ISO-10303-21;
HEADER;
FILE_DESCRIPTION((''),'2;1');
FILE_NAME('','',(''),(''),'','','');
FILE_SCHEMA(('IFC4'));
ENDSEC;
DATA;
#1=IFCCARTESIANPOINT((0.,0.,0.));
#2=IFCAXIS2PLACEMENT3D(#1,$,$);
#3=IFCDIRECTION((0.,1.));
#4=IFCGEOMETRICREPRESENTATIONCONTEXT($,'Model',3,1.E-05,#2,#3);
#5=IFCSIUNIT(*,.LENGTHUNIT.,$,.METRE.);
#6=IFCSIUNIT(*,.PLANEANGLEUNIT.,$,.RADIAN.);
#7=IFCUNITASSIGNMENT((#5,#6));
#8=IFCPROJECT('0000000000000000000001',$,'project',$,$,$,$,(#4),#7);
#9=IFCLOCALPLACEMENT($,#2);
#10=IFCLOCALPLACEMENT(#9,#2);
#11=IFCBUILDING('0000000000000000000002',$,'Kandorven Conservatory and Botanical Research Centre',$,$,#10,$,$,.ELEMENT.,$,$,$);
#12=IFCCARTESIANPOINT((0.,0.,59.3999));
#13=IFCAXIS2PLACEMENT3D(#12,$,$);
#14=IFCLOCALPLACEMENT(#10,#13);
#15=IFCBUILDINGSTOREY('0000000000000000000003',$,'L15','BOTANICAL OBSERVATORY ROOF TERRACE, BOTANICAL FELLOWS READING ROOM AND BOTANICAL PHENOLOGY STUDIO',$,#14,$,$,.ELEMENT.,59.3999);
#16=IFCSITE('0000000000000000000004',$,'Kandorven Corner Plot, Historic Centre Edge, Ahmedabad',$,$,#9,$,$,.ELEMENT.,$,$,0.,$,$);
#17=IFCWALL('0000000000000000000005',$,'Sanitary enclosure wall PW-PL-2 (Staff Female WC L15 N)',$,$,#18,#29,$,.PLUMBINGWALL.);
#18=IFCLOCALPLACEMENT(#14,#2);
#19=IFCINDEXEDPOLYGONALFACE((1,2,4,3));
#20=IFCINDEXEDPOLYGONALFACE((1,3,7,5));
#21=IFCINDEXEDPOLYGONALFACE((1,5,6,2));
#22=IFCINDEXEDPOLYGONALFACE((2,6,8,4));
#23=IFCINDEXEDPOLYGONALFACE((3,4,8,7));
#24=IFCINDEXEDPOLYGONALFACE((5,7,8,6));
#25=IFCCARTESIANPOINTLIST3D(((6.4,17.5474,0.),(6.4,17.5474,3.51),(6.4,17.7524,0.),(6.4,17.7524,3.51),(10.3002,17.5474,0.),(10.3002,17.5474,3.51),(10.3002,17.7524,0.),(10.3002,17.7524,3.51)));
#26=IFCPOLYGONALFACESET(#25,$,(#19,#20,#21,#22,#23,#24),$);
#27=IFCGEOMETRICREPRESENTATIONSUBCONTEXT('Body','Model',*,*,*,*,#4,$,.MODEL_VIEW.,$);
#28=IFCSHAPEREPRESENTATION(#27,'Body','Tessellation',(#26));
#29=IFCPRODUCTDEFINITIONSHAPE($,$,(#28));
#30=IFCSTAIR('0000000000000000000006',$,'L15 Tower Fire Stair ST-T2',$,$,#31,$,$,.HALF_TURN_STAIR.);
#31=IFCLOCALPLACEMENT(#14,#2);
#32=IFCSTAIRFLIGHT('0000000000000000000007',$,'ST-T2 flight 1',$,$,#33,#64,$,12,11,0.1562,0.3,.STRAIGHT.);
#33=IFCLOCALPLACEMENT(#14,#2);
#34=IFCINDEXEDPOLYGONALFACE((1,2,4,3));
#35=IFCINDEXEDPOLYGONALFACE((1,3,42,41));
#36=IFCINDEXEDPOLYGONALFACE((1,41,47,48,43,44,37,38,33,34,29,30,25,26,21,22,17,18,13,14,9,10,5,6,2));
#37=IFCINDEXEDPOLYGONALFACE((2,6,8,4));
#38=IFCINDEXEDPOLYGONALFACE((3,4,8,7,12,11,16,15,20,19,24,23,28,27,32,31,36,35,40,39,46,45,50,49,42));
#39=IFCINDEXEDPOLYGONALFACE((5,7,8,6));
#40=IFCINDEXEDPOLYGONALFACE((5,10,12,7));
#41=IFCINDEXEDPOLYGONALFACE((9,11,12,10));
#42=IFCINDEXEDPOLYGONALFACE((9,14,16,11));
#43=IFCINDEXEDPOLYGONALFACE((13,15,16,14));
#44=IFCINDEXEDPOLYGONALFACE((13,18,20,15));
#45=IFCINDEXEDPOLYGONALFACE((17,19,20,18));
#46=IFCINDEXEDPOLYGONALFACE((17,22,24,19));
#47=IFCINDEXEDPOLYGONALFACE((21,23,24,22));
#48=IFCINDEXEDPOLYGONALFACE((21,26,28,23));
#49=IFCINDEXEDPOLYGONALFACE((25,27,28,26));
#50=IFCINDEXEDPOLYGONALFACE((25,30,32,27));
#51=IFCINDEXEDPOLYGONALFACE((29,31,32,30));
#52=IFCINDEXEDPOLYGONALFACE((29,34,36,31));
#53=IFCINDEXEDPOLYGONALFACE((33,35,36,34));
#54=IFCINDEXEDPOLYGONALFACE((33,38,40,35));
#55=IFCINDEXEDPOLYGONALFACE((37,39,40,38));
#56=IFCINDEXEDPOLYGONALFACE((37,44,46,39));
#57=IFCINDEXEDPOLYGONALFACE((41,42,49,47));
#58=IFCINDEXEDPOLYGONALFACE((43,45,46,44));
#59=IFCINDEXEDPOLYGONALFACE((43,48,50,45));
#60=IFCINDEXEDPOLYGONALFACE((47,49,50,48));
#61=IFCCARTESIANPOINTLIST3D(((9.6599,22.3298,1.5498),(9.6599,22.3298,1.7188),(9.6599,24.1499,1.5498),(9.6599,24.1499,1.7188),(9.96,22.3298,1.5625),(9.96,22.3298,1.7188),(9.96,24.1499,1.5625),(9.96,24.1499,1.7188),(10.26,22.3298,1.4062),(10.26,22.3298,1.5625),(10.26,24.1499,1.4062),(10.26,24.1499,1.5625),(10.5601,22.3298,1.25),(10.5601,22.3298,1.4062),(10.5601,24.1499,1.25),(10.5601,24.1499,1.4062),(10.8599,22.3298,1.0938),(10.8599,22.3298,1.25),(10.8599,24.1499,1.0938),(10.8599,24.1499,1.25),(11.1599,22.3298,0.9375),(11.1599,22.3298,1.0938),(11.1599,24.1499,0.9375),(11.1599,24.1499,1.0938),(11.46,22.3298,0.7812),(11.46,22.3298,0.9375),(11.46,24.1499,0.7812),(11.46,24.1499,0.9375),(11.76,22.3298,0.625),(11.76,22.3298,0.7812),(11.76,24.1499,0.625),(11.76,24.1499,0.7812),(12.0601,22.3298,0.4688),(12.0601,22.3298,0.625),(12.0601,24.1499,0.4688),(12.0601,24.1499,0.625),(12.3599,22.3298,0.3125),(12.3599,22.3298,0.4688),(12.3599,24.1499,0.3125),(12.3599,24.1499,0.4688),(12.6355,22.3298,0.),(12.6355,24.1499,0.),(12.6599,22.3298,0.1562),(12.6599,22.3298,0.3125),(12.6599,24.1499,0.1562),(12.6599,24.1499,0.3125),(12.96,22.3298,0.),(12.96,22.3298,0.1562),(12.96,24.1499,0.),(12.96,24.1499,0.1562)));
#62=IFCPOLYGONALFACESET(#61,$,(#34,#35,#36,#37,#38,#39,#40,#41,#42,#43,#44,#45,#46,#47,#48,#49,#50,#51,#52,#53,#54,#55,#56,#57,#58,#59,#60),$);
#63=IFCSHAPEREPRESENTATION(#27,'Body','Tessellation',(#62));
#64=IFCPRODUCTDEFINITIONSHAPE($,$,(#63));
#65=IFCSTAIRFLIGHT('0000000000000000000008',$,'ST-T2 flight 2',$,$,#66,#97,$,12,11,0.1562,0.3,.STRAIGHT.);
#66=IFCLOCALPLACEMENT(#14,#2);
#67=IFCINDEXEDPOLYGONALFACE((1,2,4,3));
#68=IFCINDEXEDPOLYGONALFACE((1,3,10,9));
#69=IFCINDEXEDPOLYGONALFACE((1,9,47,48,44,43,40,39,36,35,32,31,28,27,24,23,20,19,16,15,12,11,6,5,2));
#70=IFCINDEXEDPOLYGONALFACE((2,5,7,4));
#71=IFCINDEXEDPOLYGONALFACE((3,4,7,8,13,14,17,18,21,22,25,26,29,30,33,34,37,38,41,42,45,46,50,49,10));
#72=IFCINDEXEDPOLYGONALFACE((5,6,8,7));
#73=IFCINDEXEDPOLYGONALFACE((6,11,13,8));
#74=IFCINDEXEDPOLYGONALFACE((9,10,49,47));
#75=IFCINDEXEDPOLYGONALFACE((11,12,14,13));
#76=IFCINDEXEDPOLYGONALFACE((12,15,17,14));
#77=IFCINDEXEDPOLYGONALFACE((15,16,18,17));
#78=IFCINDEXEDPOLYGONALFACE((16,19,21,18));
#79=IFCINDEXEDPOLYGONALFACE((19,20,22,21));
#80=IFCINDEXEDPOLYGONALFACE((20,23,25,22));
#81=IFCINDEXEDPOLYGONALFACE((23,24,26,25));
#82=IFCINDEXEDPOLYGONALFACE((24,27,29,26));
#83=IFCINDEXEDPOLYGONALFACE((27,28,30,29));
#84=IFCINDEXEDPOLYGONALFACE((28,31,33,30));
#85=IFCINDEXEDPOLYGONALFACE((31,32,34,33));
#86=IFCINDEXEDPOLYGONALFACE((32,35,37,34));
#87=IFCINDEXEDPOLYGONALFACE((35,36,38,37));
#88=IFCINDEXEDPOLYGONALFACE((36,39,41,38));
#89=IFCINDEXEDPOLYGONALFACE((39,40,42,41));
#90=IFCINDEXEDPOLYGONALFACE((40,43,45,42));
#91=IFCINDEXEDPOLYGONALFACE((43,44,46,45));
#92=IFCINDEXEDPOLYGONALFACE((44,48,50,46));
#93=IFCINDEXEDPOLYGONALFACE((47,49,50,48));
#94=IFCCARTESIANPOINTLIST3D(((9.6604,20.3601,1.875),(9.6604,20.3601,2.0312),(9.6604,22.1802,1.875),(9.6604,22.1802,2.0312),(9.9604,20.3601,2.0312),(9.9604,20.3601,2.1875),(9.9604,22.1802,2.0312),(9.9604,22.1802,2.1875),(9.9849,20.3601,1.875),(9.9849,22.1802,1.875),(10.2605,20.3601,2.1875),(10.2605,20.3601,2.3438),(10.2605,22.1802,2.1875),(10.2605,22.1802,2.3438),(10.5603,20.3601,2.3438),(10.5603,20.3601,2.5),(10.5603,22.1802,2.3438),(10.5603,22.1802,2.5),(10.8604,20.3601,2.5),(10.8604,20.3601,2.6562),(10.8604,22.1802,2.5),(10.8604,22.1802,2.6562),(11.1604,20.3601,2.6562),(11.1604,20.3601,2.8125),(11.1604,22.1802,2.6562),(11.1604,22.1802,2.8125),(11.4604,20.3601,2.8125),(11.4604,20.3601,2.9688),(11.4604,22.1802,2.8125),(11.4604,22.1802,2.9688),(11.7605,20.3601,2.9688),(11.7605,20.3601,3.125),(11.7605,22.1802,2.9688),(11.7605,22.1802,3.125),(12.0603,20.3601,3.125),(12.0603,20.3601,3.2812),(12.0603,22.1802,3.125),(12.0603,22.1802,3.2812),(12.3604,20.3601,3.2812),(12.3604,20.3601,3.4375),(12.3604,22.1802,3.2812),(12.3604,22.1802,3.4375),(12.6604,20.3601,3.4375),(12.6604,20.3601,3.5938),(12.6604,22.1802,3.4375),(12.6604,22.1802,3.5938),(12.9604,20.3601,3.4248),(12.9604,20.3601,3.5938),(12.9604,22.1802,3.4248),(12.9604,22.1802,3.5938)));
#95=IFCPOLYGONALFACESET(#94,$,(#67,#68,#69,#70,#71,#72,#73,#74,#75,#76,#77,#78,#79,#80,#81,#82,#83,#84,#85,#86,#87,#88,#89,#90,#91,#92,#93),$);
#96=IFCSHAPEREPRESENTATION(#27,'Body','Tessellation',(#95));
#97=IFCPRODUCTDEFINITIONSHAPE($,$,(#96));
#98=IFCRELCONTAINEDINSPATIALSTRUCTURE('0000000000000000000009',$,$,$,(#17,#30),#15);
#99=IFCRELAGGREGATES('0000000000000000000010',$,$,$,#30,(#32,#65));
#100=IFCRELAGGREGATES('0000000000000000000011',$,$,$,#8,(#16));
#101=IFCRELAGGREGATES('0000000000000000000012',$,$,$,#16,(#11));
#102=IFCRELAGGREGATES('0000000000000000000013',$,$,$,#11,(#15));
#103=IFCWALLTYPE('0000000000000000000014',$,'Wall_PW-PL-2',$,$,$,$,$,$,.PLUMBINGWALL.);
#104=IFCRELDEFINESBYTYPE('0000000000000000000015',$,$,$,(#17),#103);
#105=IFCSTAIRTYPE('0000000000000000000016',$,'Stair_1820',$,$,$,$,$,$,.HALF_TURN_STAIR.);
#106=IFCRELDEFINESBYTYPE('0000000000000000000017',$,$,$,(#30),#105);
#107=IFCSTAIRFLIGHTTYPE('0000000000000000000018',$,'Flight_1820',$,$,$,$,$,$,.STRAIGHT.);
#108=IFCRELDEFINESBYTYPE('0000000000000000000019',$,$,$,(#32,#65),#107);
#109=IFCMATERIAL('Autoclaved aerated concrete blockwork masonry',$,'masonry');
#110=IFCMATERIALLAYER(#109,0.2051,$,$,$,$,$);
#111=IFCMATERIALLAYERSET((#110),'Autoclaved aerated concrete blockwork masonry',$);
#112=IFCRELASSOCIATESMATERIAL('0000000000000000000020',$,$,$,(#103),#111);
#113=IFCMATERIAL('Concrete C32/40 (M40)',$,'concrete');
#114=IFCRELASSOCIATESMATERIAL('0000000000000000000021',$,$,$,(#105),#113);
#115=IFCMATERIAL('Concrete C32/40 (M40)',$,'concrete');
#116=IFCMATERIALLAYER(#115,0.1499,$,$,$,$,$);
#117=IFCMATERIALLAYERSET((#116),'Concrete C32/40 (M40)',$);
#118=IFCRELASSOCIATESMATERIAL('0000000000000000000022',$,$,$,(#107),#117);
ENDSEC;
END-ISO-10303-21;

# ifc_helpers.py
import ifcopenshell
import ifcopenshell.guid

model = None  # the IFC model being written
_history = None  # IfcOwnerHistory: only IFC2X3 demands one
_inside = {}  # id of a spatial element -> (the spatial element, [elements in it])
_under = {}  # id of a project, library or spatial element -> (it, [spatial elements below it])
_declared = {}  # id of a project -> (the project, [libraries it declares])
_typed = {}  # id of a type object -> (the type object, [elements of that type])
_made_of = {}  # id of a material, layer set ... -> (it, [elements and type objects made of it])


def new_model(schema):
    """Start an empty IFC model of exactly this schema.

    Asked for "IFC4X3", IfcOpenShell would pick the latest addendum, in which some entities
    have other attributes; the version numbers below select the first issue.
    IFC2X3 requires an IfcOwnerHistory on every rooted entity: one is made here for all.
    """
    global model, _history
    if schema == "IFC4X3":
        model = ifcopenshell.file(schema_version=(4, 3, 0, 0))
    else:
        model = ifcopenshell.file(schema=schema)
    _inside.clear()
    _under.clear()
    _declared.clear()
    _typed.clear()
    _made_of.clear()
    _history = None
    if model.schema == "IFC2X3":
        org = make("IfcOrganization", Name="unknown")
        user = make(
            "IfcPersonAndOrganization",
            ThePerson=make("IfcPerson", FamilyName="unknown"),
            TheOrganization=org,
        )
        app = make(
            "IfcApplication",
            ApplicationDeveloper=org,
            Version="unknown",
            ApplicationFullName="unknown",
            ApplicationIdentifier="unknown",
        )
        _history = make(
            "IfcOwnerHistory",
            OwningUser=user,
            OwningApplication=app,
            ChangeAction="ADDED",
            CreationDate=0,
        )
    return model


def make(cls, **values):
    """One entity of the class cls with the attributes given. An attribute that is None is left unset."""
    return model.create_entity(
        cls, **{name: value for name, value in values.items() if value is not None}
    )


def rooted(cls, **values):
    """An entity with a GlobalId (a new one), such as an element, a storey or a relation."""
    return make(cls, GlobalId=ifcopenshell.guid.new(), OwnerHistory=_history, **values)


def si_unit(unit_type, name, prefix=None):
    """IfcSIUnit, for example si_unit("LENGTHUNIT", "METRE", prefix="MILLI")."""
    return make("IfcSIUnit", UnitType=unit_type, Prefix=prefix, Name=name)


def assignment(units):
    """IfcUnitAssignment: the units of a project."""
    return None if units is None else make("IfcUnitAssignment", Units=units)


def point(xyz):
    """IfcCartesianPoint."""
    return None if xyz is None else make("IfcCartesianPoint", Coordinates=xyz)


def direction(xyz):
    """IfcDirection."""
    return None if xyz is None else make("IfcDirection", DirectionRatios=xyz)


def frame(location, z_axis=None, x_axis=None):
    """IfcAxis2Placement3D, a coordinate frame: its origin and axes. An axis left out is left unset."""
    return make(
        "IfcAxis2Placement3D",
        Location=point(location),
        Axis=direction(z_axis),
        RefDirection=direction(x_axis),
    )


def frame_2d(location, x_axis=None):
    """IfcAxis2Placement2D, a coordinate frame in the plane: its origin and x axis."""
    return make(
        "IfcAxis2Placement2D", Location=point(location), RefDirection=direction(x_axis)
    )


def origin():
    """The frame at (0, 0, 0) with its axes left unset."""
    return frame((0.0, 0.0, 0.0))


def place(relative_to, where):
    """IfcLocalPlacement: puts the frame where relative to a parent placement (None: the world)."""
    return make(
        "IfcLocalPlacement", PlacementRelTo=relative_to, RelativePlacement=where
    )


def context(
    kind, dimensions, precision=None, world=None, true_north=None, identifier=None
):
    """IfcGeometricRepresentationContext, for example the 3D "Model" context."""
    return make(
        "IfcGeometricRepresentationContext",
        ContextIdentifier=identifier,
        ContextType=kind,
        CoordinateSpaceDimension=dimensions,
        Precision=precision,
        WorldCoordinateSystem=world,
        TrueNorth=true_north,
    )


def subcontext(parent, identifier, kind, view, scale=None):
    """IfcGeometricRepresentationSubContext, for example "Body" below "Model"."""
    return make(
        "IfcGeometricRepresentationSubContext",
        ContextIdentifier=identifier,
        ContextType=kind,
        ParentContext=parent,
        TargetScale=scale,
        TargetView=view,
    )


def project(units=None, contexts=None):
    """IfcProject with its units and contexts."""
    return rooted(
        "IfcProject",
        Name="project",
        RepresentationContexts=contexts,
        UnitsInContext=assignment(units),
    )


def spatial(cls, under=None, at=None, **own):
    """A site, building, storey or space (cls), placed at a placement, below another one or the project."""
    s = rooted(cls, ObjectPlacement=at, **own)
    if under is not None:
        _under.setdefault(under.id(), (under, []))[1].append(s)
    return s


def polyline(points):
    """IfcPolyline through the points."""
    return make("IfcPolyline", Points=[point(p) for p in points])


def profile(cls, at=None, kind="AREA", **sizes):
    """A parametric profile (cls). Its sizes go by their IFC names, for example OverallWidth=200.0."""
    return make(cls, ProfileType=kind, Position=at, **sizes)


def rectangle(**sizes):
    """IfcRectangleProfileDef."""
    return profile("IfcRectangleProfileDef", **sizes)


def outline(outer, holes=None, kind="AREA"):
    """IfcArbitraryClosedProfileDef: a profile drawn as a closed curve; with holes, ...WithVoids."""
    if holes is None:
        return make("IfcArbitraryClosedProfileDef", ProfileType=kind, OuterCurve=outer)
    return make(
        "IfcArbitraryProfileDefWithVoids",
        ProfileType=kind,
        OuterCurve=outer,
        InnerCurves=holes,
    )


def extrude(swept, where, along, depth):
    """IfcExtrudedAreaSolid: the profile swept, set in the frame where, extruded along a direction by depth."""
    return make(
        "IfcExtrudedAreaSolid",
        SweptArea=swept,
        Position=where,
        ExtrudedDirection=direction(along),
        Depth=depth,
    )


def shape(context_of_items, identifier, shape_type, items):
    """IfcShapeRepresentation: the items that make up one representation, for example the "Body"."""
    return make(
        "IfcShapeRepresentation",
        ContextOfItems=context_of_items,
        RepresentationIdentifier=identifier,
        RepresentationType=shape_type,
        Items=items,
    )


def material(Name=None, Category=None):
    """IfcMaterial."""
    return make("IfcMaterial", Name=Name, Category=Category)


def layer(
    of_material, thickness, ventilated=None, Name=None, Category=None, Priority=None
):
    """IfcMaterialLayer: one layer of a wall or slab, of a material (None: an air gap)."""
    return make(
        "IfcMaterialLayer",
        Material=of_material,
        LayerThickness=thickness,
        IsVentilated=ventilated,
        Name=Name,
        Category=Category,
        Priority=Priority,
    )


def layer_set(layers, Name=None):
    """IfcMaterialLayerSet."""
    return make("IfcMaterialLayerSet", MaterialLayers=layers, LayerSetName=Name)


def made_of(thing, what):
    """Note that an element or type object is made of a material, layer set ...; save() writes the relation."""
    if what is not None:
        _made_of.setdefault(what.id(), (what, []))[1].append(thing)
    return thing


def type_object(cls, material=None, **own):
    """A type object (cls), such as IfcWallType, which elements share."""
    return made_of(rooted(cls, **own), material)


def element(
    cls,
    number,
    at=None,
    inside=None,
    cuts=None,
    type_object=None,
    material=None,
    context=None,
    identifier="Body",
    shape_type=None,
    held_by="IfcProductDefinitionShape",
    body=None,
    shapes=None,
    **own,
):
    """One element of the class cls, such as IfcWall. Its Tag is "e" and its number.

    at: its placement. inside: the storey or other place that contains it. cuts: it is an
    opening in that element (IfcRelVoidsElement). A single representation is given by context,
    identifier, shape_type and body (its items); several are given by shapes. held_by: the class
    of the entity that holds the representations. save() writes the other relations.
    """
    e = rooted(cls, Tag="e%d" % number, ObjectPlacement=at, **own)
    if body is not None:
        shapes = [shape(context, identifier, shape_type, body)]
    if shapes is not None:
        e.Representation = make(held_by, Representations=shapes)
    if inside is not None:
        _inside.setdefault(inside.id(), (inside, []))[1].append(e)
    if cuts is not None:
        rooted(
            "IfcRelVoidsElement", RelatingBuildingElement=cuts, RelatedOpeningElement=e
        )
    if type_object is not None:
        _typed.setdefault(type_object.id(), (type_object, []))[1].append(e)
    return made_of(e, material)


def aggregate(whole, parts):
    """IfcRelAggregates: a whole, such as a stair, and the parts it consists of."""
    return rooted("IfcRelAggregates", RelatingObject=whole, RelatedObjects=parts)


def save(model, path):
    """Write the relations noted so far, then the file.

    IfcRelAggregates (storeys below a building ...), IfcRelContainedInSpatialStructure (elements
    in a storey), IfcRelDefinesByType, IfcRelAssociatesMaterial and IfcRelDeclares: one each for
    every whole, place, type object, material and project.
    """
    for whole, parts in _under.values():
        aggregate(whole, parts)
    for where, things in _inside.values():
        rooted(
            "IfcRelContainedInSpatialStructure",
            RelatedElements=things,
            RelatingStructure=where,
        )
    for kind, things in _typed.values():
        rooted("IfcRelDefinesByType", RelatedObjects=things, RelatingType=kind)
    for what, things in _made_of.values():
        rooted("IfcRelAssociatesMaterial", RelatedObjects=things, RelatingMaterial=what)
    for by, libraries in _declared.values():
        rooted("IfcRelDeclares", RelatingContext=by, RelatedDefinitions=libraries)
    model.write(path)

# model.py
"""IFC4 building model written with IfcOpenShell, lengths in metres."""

from ifc_helpers import new_model, si_unit, direction, frame, frame_2d, origin, place, context, subcontext, project, spatial, polyline, rectangle, outline, extrude, material, layer, layer_set, type_object, element, aggregate, save


model = new_model("IFC4")

# Units and contexts
model_context = context("Model", 3, precision=1e-05, world=origin(), true_north=direction((0.0, 1.0)))
body_context = subcontext(model_context, "Body", "Model", "MODEL_VIEW")
ifc_project = project(units=[si_unit("LENGTHUNIT", "METRE"), si_unit("PLANEANGLEUNIT", "RADIAN")], contexts=[model_context])

# Site, building, storey
site_placement = place(None, origin())
site = spatial("IfcSite", under=ifc_project, at=site_placement, Name="Kandorven Corner Plot, Historic Centre Edge, Ahmedabad", CompositionType="ELEMENT", RefElevation=0.0)
building_placement = place(site_placement, origin())
building = spatial("IfcBuilding", under=site, at=building_placement, Name="Kandorven Conservatory and Botanical Research Centre", CompositionType="ELEMENT")
storey_placement = place(building_placement, frame((0.0, 0.0, 59.3999)))
storey = spatial("IfcBuildingStorey", under=building, at=storey_placement, Name="L15", Description="BOTANICAL OBSERVATORY ROOF TERRACE, BOTANICAL FELLOWS READING ROOM AND BOTANICAL PHENOLOGY STUDIO", CompositionType="ELEMENT", Elevation=59.3999)

# Wall
ifc_material_1 = material(Name="Autoclaved aerated concrete blockwork masonry", Category="masonry")
ifc_layer_1 = layer(ifc_material_1, 0.2051)
ifc_layer_set_1 = layer_set([ifc_layer_1], Name="Autoclaved aerated concrete blockwork masonry")
wall_type_1 = type_object("IfcWallType", Name="Wall_PW-PL-2", PredefinedType="PLUMBINGWALL", material=ifc_layer_set_1)
wall_1_placement = place(storey_placement, frame((6.3999, 17.6499, 0.0), z_axis=(0.0, 0.0, 1.0), x_axis=(1.0, 0.0, 0.0)))
element("IfcWall", 1, at=wall_1_placement, inside=storey, type_object=wall_type_1, Name="Sanitary enclosure wall PW-PL-2 (Staff Female WC L15 N)", PredefinedType="PLUMBINGWALL", context=body_context, shape_type="SweptSolid", body=[
    extrude(rectangle(XDim=3.9001, YDim=0.2051, at=frame_2d((1.9502, 0.0))), origin(), (0.0, 0.0, 1.0), 3.51),
])

# Stair, stair flights
ifc_material_2 = material(Name="Concrete C32/40 (M40)", Category="concrete")
stair_type = type_object("IfcStairType", Name="Stair_1820", PredefinedType="HALF_TURN_STAIR", material=ifc_material_2)
stair_placement = place(storey_placement, origin())
stair = element("IfcStair", 2, at=stair_placement, inside=storey, type_object=stair_type, Name="L15 Tower Fire Stair ST-T2", PredefinedType="HALF_TURN_STAIR")
ifc_material_3 = material(Name="Concrete C32/40 (M40)", Category="concrete")
ifc_layer_2 = layer(ifc_material_3, 0.1499)
ifc_layer_set_2 = layer_set([ifc_layer_2], Name="Concrete C32/40 (M40)")
stair_flight_type = type_object("IfcStairFlightType", Name="Flight_1820", PredefinedType="STRAIGHT", material=ifc_layer_set_2)
stair_flight_1_placement = place(storey_placement, frame((12.96, 23.24, 0.0), z_axis=(0.0, 0.0, 1.0), x_axis=(-1.0, 0.0, 0.0)))
stair_flight_1 = element("IfcStairFlight", 3, at=stair_flight_1_placement, type_object=stair_flight_type, Name="ST-T2 flight 1", NumberOfRisers=12, NumberOfTreads=11, PredefinedType="STRAIGHT", RiserHeight=0.1562, TreadLength=0.3, context=body_context, shape_type="SweptSolid", body=[
    extrude(outline(polyline([(0.0, 0.0), (0.0, 0.1562), (0.3, 0.1562), (0.3, 0.3125), (0.6001, 0.3125), (0.6001, 0.4688), (0.8999, 0.4688), (0.8999, 0.625), (1.2, 0.625), (1.2, 0.7812), (1.5, 0.7812), (1.5, 0.9375), (1.8, 0.9375), (1.8, 1.0938), (2.1001, 1.0938), (2.1001, 1.25), (2.3999, 1.25), (2.3999, 1.4062), (2.7, 1.4062), (2.7, 1.5625), (3.0, 1.5625), (3.0, 1.7188), (3.3, 1.7188), (3.3, 1.875), (3.3, 1.5498), (0.3245, 0.0), (0.0, 0.0)])), frame((0.0, 0.9102, 0.0), z_axis=(0.0, -1.0, 0.0), x_axis=(1.0, 0.0, 0.0)), (0.0, 0.0, 1.0), 1.8201),
])
stair_flight_2_placement = place(storey_placement, frame((9.6604, 21.27, 1.875), z_axis=(0.0, 0.0, 1.0), x_axis=(1.0, 0.0, 0.0)))
stair_flight_2 = element("IfcStairFlight", 4, at=stair_flight_2_placement, type_object=stair_flight_type, Name="ST-T2 flight 2", NumberOfRisers=12, NumberOfTreads=11, PredefinedType="STRAIGHT", RiserHeight=0.1562, TreadLength=0.3, context=body_context, shape_type="SweptSolid", body=[
    extrude(outline(polyline([(0.0, 0.0), (0.0, 0.1562), (0.3, 0.1562), (0.3, 0.3125), (0.6001, 0.3125), (0.6001, 0.4688), (0.8999, 0.4688), (0.8999, 0.625), (1.2, 0.625), (1.2, 0.7812), (1.5, 0.7812), (1.5, 0.9375), (1.8, 0.9375), (1.8, 1.0938), (2.1001, 1.0938), (2.1001, 1.25), (2.3999, 1.25), (2.3999, 1.4062), (2.7, 1.4062), (2.7, 1.5625), (3.0, 1.5625), (3.0, 1.7188), (3.3, 1.7188), (3.3, 1.875), (3.3, 1.5498), (0.3245, 0.0), (0.0, 0.0)])), frame((0.0, 0.9102, 0.0), z_axis=(0.0, -1.0, 0.0), x_axis=(1.0, 0.0, 0.0)), (0.0, 0.0, 1.0), 1.8201),
])
aggregate(stair, [stair_flight_1, stair_flight_2])

save(model, "model.ifc")
